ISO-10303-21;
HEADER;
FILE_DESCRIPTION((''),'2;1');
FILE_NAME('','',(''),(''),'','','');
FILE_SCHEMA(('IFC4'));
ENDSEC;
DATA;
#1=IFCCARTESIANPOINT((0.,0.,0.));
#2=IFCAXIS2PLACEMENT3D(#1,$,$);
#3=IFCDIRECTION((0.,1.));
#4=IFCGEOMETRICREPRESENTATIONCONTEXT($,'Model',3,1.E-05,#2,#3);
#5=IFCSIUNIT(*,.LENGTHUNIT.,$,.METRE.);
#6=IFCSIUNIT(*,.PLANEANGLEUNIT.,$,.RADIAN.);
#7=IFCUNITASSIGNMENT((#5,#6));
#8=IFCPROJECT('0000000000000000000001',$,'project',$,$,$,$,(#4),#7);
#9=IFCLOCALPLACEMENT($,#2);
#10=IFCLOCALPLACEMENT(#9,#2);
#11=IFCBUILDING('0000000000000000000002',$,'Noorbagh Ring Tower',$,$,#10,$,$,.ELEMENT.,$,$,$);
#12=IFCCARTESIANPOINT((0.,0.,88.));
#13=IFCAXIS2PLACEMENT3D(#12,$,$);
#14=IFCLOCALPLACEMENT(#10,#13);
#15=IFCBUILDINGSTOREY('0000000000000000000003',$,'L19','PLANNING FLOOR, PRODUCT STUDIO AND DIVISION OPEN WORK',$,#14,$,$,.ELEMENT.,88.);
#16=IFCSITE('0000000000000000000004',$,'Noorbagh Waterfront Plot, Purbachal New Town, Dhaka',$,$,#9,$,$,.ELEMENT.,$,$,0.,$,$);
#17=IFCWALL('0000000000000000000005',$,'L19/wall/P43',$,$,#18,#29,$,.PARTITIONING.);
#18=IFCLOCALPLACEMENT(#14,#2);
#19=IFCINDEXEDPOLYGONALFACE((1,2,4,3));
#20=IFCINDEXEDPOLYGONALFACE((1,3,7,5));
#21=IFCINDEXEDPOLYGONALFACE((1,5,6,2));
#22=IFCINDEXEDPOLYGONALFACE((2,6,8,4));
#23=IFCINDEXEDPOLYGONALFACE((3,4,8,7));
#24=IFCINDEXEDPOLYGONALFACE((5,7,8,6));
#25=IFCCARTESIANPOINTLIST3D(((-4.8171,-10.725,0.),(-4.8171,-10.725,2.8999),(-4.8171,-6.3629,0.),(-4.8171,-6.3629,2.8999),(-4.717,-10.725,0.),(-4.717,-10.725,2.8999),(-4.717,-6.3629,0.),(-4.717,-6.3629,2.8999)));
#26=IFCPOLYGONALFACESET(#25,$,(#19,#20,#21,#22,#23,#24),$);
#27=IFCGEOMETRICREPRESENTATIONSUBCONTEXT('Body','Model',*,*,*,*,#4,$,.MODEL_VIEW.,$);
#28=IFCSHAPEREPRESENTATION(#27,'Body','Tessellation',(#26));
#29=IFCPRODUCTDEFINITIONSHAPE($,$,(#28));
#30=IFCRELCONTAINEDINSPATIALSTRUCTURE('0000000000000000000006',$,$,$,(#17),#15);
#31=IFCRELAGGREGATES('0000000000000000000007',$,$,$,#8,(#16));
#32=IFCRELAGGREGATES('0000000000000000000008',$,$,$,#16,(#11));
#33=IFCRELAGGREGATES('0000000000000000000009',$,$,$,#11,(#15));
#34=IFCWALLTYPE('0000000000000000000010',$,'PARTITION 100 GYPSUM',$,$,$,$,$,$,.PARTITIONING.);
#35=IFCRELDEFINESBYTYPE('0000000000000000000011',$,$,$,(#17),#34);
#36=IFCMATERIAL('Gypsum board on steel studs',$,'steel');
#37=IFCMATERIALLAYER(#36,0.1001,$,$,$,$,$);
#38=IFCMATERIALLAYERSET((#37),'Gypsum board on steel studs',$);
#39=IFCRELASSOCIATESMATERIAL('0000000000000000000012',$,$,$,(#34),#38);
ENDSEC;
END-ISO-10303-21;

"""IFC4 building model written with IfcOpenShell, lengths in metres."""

from ifc_helpers import new_model, si_unit, direction, frame, frame_2d, origin, place, context, subcontext, project, spatial, rectangle, extrude, material, layer, layer_set, type_object, element, save


model = new_model("IFC4")

# Units and contexts
model_context = context("Model", 3, precision=1e-05, world=origin(), true_north=direction((0.0, 1.0)))
body_context = subcontext(model_context, "Body", "Model", "MODEL_VIEW")
ifc_project = project(units=[si_unit("LENGTHUNIT", "METRE"), si_unit("PLANEANGLEUNIT", "RADIAN")], contexts=[model_context])

# Site, building, storey
site_placement = place(None, origin())
site = spatial("IfcSite", under=ifc_project, at=site_placement, Name="Noorbagh Waterfront Plot, Purbachal New Town, Dhaka", CompositionType="ELEMENT", RefElevation=0.0)
building_placement = place(site_placement, origin())
building = spatial("IfcBuilding", under=site, at=building_placement, Name="Noorbagh Ring Tower", CompositionType="ELEMENT")
storey_placement = place(building_placement, frame((0.0, 0.0, 88.0)))
storey = spatial("IfcBuildingStorey", under=building, at=storey_placement, Name="L19", Description="PLANNING FLOOR, PRODUCT STUDIO AND DIVISION OPEN WORK", CompositionType="ELEMENT", Elevation=88.0)

# Wall
ifc_material_1 = material(Name="Gypsum board on steel studs", Category="steel")
ifc_layer_1 = layer(ifc_material_1, 0.1001)
ifc_layer_set_1 = layer_set([ifc_layer_1], Name="Gypsum board on steel studs")
wall_type_1 = type_object("IfcWallType", Name="PARTITION 100 GYPSUM", PredefinedType="PARTITIONING", material=ifc_layer_set_1)
wall_1_placement = place(storey_placement, frame((-4.7671, -10.7251, 0.0), z_axis=(0.0, 0.0, 1.0), x_axis=(0.0, 1.0, 0.0)))
element("IfcWall", 1, at=wall_1_placement, inside=storey, type_object=wall_type_1, Name="L19/wall/P43", PredefinedType="PARTITIONING", context=body_context, shape_type="SweptSolid", body=[
    extrude(rectangle(XDim=4.3621, YDim=0.1001, at=frame_2d((2.1812, 0.0))), origin(), (0.0, 0.0, 1.0), 2.8999),
])

save(model, "model.ifc")
